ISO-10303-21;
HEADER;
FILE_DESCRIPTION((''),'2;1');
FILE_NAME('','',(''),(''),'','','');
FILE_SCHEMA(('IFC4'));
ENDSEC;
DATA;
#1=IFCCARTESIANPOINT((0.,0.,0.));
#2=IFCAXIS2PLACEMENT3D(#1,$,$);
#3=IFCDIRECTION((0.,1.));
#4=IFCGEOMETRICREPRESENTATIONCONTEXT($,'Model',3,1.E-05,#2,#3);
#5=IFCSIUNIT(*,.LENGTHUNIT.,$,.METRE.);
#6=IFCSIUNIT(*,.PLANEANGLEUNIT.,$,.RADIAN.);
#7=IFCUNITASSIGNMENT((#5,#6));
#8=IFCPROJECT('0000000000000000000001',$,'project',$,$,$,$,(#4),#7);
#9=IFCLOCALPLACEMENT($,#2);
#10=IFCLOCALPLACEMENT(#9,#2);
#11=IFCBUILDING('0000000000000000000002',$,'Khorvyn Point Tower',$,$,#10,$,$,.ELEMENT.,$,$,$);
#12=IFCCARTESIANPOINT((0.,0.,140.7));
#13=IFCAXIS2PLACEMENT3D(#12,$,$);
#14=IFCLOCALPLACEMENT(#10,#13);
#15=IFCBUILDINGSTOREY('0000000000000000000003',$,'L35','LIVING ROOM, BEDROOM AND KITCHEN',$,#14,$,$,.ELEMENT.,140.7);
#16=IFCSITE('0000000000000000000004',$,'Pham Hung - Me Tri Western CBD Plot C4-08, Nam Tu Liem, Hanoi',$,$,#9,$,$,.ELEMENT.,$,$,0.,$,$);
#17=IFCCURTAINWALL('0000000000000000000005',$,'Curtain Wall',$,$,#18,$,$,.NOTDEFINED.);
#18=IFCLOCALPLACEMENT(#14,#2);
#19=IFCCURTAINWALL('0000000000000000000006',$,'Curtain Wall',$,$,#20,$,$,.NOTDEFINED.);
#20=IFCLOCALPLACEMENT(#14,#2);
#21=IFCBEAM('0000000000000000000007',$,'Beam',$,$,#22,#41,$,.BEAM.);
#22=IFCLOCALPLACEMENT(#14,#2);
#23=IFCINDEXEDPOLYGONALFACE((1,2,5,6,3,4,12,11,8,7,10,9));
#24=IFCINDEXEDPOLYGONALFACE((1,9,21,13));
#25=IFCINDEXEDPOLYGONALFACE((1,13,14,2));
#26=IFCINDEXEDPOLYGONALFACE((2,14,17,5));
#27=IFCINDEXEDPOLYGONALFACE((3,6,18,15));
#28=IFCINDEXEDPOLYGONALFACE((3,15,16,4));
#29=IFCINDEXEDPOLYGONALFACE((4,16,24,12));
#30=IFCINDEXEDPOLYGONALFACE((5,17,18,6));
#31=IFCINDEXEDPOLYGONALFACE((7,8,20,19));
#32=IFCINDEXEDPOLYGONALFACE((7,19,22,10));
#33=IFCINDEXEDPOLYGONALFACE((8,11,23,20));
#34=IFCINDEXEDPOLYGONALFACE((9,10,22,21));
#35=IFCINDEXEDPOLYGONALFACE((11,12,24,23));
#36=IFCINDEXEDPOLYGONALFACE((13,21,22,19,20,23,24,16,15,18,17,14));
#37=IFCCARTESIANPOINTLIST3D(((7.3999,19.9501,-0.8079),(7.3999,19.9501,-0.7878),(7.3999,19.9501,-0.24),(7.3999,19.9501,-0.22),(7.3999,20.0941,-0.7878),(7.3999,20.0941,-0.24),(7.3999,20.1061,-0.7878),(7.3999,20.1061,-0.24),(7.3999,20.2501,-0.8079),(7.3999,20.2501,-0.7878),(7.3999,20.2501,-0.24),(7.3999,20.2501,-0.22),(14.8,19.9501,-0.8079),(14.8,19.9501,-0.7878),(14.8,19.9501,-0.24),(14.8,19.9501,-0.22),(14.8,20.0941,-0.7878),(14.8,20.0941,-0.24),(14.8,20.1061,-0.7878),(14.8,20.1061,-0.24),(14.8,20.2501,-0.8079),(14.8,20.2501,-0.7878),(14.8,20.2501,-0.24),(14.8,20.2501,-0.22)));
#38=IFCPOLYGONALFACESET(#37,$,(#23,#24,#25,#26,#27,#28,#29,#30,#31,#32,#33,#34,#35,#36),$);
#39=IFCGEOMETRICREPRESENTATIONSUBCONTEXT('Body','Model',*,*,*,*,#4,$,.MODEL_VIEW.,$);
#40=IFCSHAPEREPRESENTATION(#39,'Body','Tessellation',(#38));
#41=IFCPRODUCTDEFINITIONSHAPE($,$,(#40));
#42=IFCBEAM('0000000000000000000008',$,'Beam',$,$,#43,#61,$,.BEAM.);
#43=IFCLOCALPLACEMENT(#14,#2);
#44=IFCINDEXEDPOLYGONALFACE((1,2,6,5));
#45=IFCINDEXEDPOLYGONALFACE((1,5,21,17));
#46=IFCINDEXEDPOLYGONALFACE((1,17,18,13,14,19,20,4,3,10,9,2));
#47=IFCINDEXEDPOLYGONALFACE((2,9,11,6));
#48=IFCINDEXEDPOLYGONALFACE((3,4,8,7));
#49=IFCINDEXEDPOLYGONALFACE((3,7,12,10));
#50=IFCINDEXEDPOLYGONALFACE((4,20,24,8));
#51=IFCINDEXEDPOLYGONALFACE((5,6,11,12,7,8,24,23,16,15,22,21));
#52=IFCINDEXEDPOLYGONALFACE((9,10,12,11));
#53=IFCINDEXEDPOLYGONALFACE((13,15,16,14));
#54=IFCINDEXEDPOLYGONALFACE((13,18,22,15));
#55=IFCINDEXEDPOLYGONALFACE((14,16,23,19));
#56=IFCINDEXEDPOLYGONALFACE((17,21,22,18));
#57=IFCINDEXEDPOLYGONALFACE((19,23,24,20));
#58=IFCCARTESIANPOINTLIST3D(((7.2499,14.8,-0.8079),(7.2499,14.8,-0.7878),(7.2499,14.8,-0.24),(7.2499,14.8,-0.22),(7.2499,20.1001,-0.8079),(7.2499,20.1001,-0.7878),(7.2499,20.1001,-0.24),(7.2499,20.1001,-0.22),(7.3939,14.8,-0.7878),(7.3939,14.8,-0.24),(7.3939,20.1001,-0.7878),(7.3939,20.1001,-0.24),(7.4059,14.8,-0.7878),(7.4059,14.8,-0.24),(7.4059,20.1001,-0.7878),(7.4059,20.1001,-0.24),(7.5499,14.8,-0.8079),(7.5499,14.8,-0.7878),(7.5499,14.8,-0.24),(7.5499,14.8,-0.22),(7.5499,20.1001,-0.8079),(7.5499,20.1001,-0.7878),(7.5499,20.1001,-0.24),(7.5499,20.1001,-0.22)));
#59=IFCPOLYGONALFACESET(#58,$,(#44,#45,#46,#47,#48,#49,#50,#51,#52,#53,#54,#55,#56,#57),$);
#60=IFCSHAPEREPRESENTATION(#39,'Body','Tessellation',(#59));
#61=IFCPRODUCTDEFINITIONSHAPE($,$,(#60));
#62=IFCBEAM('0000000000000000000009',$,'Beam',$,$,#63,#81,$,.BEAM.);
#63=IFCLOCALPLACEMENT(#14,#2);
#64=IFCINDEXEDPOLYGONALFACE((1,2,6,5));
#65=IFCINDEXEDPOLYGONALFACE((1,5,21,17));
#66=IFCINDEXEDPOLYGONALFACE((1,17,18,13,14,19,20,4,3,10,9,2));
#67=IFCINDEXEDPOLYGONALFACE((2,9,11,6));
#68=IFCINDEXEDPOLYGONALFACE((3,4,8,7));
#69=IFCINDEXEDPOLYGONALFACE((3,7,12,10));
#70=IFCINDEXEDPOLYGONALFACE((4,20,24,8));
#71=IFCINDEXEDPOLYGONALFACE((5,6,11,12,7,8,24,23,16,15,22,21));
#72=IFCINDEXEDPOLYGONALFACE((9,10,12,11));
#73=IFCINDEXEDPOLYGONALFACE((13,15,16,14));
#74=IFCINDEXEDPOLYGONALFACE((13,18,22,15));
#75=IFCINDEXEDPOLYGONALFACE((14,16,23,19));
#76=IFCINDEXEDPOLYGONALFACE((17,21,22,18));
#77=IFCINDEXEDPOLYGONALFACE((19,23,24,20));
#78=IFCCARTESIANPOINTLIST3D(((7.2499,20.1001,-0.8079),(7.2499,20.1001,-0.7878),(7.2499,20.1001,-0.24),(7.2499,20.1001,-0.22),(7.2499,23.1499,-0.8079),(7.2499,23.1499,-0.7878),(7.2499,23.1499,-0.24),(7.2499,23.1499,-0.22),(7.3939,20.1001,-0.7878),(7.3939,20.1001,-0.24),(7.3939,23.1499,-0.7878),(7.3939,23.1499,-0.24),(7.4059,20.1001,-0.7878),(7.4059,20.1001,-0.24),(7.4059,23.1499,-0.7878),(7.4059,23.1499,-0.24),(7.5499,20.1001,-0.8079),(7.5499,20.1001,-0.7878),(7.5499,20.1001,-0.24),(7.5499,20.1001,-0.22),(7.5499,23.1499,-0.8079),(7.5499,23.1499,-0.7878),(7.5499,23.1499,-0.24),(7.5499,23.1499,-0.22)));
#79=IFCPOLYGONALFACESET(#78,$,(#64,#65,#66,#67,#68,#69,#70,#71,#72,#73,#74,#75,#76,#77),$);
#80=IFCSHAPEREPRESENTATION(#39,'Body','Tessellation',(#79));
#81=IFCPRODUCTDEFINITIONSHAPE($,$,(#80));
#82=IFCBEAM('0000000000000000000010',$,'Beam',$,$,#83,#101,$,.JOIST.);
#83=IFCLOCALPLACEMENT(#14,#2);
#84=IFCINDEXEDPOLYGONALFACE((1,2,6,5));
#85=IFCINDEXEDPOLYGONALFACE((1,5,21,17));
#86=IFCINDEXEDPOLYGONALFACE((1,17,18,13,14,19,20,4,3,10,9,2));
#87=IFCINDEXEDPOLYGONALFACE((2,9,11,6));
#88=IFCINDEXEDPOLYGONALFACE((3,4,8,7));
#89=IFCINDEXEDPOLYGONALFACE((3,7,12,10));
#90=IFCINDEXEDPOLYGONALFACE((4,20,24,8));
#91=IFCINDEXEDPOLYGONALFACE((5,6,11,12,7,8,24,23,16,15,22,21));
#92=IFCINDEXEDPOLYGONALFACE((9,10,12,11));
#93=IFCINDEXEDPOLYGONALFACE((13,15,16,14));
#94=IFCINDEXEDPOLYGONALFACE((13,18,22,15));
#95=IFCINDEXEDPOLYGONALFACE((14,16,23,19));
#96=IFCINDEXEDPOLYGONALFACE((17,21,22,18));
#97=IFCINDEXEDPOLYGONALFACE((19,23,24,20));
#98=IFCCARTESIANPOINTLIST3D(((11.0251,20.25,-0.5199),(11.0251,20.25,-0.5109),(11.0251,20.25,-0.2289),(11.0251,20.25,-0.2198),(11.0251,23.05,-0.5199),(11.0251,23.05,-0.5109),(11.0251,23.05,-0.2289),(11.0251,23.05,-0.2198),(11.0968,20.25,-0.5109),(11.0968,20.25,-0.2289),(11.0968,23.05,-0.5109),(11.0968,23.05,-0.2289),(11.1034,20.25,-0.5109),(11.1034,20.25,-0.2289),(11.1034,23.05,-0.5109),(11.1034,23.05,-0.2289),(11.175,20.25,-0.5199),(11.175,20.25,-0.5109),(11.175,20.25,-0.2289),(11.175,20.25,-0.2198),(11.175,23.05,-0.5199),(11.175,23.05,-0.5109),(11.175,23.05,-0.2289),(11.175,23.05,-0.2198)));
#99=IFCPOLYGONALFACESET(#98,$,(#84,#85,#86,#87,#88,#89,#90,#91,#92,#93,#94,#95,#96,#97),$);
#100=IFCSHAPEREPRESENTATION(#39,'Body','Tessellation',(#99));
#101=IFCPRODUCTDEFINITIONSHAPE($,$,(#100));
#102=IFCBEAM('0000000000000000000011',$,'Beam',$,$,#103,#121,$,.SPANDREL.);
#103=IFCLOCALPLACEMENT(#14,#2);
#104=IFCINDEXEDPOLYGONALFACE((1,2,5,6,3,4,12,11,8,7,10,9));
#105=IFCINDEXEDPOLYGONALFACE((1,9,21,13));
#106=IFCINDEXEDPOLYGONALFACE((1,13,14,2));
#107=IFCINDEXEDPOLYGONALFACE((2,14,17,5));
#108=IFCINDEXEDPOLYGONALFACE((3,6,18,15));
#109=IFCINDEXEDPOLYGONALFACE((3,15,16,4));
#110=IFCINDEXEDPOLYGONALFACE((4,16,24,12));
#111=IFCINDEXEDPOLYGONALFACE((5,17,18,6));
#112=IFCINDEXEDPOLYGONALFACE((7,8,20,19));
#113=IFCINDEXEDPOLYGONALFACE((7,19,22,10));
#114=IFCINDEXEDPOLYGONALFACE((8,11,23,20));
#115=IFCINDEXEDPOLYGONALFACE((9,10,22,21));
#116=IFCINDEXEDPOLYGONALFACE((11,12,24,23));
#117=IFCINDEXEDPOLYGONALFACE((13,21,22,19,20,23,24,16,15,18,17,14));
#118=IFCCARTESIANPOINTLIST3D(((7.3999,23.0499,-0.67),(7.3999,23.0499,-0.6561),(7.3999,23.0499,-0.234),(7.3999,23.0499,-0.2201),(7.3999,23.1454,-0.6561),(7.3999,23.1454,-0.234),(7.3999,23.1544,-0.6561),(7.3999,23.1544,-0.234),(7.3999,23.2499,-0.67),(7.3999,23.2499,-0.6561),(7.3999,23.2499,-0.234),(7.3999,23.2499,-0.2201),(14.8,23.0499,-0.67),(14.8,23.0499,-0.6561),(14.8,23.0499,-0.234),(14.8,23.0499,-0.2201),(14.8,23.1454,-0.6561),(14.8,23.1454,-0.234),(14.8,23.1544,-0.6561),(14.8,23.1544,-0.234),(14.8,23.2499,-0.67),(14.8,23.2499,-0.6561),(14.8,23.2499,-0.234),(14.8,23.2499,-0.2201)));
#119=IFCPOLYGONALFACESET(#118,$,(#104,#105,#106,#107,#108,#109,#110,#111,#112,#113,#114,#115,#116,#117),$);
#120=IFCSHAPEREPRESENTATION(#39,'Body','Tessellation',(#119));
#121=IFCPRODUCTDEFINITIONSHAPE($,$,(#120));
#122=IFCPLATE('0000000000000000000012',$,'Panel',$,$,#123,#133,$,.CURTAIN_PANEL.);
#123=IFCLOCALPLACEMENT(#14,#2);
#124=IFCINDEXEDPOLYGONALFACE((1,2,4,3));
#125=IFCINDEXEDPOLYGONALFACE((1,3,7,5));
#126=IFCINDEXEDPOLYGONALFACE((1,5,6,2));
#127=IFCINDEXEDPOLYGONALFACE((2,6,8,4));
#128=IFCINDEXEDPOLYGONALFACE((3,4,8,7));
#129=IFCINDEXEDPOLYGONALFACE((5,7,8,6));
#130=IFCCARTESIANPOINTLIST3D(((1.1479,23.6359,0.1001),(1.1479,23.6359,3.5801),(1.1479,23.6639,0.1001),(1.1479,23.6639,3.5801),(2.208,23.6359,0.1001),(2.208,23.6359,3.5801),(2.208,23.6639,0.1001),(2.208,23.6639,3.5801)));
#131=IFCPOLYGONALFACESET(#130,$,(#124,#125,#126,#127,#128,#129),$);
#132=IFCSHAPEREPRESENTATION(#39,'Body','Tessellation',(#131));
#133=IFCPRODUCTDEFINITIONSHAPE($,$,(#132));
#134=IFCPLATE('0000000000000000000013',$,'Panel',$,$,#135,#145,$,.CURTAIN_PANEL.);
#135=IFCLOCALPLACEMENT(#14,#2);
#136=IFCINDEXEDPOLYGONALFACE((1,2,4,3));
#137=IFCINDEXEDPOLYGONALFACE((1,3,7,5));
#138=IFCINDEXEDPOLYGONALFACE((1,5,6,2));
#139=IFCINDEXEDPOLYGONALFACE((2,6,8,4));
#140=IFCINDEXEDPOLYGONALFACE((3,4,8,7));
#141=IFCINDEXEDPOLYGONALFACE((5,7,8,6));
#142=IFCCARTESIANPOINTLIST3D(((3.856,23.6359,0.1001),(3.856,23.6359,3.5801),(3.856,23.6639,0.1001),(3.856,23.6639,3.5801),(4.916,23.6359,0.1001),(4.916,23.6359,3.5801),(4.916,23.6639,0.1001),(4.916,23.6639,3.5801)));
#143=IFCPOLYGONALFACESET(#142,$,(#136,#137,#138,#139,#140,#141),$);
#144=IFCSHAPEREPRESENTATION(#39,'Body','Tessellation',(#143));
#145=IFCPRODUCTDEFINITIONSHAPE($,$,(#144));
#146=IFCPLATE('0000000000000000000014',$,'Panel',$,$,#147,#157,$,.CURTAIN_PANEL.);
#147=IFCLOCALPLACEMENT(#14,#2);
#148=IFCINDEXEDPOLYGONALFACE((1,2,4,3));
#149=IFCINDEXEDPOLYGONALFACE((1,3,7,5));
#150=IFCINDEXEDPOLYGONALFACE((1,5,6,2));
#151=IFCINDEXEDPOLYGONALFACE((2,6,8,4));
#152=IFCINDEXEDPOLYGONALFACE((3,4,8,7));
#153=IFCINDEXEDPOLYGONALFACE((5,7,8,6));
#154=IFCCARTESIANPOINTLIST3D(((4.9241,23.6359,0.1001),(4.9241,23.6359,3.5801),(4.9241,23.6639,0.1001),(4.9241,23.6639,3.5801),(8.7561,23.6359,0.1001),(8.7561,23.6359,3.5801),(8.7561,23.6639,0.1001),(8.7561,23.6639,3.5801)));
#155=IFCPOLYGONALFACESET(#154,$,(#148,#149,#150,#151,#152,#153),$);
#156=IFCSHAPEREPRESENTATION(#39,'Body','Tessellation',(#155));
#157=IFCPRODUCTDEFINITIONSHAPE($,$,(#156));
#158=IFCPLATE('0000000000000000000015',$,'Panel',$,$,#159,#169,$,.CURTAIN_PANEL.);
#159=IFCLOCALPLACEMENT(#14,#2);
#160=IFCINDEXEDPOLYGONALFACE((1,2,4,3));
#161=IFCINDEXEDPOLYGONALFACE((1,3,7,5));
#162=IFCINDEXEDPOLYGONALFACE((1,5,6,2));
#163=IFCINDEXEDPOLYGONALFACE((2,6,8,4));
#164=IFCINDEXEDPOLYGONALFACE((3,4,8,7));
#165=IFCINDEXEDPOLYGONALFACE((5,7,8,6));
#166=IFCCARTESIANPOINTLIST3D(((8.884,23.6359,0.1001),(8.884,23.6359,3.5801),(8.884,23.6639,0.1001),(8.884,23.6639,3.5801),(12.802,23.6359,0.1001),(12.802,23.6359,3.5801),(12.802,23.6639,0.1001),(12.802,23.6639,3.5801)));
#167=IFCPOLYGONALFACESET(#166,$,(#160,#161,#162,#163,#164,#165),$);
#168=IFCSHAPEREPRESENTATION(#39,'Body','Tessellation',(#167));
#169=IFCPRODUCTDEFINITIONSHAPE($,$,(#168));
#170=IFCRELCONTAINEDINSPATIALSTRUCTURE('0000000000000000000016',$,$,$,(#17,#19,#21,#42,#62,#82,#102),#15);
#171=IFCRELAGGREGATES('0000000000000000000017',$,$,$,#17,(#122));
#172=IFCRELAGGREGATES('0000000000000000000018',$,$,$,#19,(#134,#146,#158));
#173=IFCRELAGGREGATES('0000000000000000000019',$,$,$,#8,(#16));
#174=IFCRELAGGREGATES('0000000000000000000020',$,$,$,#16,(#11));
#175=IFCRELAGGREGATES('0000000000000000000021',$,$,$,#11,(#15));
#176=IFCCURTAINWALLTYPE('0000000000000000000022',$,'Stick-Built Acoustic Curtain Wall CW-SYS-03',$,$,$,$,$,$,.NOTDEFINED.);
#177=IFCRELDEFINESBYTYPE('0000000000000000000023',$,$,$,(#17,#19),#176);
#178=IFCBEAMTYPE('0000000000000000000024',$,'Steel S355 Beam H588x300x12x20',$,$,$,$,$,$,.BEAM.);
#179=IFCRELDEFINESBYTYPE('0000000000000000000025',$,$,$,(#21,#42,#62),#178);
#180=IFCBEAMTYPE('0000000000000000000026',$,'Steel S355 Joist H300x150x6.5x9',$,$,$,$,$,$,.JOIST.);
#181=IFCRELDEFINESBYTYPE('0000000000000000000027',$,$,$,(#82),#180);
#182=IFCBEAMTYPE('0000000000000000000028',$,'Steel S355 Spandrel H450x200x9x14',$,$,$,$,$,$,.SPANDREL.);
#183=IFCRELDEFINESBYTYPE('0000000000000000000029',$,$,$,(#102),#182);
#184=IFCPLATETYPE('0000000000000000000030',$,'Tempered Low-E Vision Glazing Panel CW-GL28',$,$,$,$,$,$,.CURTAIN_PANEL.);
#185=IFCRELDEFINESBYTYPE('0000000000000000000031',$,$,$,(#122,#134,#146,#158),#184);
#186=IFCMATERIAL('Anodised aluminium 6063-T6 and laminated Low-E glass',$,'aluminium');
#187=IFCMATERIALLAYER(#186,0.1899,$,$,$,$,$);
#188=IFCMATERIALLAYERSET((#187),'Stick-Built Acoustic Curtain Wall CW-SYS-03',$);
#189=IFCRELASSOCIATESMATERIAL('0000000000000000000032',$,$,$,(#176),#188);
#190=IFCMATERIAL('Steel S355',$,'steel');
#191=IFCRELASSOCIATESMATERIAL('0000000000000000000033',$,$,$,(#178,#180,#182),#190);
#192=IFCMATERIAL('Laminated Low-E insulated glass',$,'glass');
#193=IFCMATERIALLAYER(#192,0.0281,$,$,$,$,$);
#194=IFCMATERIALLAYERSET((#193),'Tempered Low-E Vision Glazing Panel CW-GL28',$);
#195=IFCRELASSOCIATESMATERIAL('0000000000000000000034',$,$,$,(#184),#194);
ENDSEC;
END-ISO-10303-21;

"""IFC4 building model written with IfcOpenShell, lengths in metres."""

from ifc_helpers import new_model, si_unit, direction, frame, origin, origin_2d, place, context, subcontext, project, spatial, rectangle, i_section, extrude, material, layer, layer_set, material_profile, profile_set, type_object, element, aggregate, save


model = new_model("IFC4")

# Units and contexts
model_context = context("Model", 3, precision=1e-05, world=origin(), true_north=direction((0.0, 1.0)))
body_context = subcontext(model_context, "Body", "Model", "MODEL_VIEW")
ifc_project = project(units=[si_unit("LENGTHUNIT", "METRE"), si_unit("PLANEANGLEUNIT", "RADIAN")], contexts=[model_context])

# Site, building, storey
site_placement = place(None, origin())
site = spatial("IfcSite", under=ifc_project, at=site_placement, Name="Pham Hung - Me Tri Western CBD Plot C4-08, Nam Tu Liem, Hanoi", CompositionType="ELEMENT", RefElevation=0.0)
building_placement = place(site_placement, origin())
building = spatial("IfcBuilding", under=site, at=building_placement, Name="Khorvyn Point Tower", CompositionType="ELEMENT")
storey_placement = place(building_placement, frame((0.0, 0.0, 140.7)))
storey = spatial("IfcBuildingStorey", under=building, at=storey_placement, Name="L35", Description="LIVING ROOM, BEDROOM AND KITCHEN", CompositionType="ELEMENT", Elevation=140.7)

# Curtain wall
ifc_material_1 = material(Name="Anodised aluminium 6063-T6 and laminated Low-E glass", Category="aluminium")
ifc_layer_1 = layer(ifc_material_1, 0.1899)
ifc_layer_set_1 = layer_set([ifc_layer_1], Name="Stick-Built Acoustic Curtain Wall CW-SYS-03")
curtain_wall_type = type_object("IfcCurtainWallType", Name="Stick-Built Acoustic Curtain Wall CW-SYS-03", PredefinedType="NOTDEFINED", material=ifc_layer_set_1)
curtain_wall_1_placement = place(storey_placement, origin())
curtain_wall_1 = element("IfcCurtainWall", 1, at=curtain_wall_1_placement, inside=storey, type_object=curtain_wall_type, Name="Curtain Wall", PredefinedType="NOTDEFINED")

# Curtain wall
curtain_wall_2_placement = place(storey_placement, origin())
curtain_wall_2 = element("IfcCurtainWall", 2, at=curtain_wall_2_placement, inside=storey, type_object=curtain_wall_type, Name="Curtain Wall", PredefinedType="NOTDEFINED")

# Beams
ifc_material_2 = material(Name="Steel S355", Category="steel")
ifc_material_profile_1 = material_profile(ifc_material_2, i_section(OverallWidth=0.3, OverallDepth=0.5879, WebThickness=0.012, FlangeThickness=0.02, at=origin_2d()))
ifc_profile_set_1 = profile_set([ifc_material_profile_1], Name="Steel S355 H588x300x12x20")
beam_type_1 = type_object("IfcBeamType", Name="Steel S355 Beam H588x300x12x20", PredefinedType="BEAM", material=ifc_profile_set_1)
for number, where, z_axis, x_axis, name in (
    (3, (7.3999, 20.1001, -0.5139), (1.0, 0.0, 0.0), (0.0, 1.0, 0.0), "Beam"),
):
    element("IfcBeam", number, at=place(storey_placement, frame(where, z_axis=z_axis, x_axis=x_axis)), inside=storey, type_object=beam_type_1, Name=name, PredefinedType="BEAM", context=body_context, shape_type="SweptSolid", body=[
        extrude(i_section(OverallWidth=0.3, OverallDepth=0.5879, WebThickness=0.012, FlangeThickness=0.02, at=origin_2d()), origin(), (0.0, 0.0, 1.0), 7.4001),
    ])
beam_1_placement = place(storey_placement, frame((7.3999, 14.8, -0.5139), z_axis=(0.0, 1.0, 0.0), x_axis=(-1.0, 0.0, 0.0)))
element("IfcBeam", 4, at=beam_1_placement, inside=storey, type_object=beam_type_1, Name="Beam", PredefinedType="BEAM", context=body_context, shape_type="SweptSolid", body=[
    extrude(i_section(OverallWidth=0.3, OverallDepth=0.5879, WebThickness=0.012, FlangeThickness=0.02, at=origin_2d()), origin(), (0.0, 0.0, 1.0), 5.3),
])
beam_2_placement = place(storey_placement, frame((7.3999, 20.1001, -0.5139), z_axis=(0.0, 1.0, 0.0), x_axis=(-1.0, 0.0, 0.0)))
element("IfcBeam", 5, at=beam_2_placement, inside=storey, type_object=beam_type_1, Name="Beam", PredefinedType="BEAM", context=body_context, shape_type="SweptSolid", body=[
    extrude(i_section(OverallWidth=0.3, OverallDepth=0.5879, WebThickness=0.012, FlangeThickness=0.02, at=origin_2d()), origin(), (0.0, 0.0, 1.0), 3.0498),
])
ifc_material_profile_2 = material_profile(ifc_material_2, i_section(OverallWidth=0.1499, OverallDepth=0.3, WebThickness=0.0066, FlangeThickness=0.009, at=origin_2d()))
ifc_profile_set_2 = profile_set([ifc_material_profile_2], Name="Steel S355 H300x150x6.5x9")
beam_type_2 = type_object("IfcBeamType", Name="Steel S355 Joist H300x150x6.5x9", PredefinedType="JOIST", material=ifc_profile_set_2)
beam_3_placement = place(storey_placement, frame((11.1001, 20.25, -0.3699), z_axis=(0.0, 1.0, 0.0), x_axis=(-1.0, 0.0, 0.0)))
element("IfcBeam", 6, at=beam_3_placement, inside=storey, type_object=beam_type_2, Name="Beam", PredefinedType="JOIST", context=body_context, shape_type="SweptSolid", body=[
    extrude(i_section(OverallWidth=0.1499, OverallDepth=0.3, WebThickness=0.0066, FlangeThickness=0.009, at=origin_2d()), origin(), (0.0, 0.0, 1.0), 2.8),
])
ifc_material_profile_3 = material_profile(ifc_material_2, i_section(OverallWidth=0.2, OverallDepth=0.45, WebThickness=0.009, FlangeThickness=0.0139, at=origin_2d()))
ifc_profile_set_3 = profile_set([ifc_material_profile_3], Name="Steel S355 H450x200x9x14")
beam_type_3 = type_object("IfcBeamType", Name="Steel S355 Spandrel H450x200x9x14", PredefinedType="SPANDREL", material=ifc_profile_set_3)
beam_4_placement = place(storey_placement, frame((7.3999, 23.1499, -0.4451), z_axis=(1.0, 0.0, 0.0), x_axis=(0.0, 1.0, 0.0)))
element("IfcBeam", 7, at=beam_4_placement, inside=storey, type_object=beam_type_3, Name="Beam", PredefinedType="SPANDREL", context=body_context, shape_type="SweptSolid", body=[
    extrude(i_section(OverallWidth=0.2, OverallDepth=0.45, WebThickness=0.009, FlangeThickness=0.0139, at=origin_2d()), origin(), (0.0, 0.0, 1.0), 7.4001),
])

# Plates
ifc_material_3 = material(Name="Laminated Low-E insulated glass", Category="glass")
ifc_layer_2 = layer(ifc_material_3, 0.0281)
ifc_layer_set_2 = layer_set([ifc_layer_2], Name="Tempered Low-E Vision Glazing Panel CW-GL28")
plate_type = type_object("IfcPlateType", Name="Tempered Low-E Vision Glazing Panel CW-GL28", PredefinedType="CURTAIN_PANEL", material=ifc_layer_set_2)
plate_1_placement = place(storey_placement, frame((1.678, 23.6499, 0.1001), z_axis=(0.0, 0.0, 1.0), x_axis=(1.0, 0.0, 0.0)))
plate_1 = element("IfcPlate", 8, at=plate_1_placement, type_object=plate_type, Name="Panel", PredefinedType="CURTAIN_PANEL", context=body_context, shape_type="SweptSolid", body=[
    extrude(rectangle(XDim=1.0601, YDim=0.0281, at=origin_2d()), origin(), (0.0, 0.0, 1.0), 3.48),
])
aggregate(curtain_wall_1, [plate_1])
plate_2_placement = place(storey_placement, frame((4.386, 23.6499, 0.1001), z_axis=(0.0, 0.0, 1.0), x_axis=(1.0, 0.0, 0.0)))
plate_2 = element("IfcPlate", 9, at=plate_2_placement, type_object=plate_type, Name="Panel", PredefinedType="CURTAIN_PANEL", context=body_context, shape_type="SweptSolid", body=[
    extrude(rectangle(XDim=1.0601, YDim=0.0281, at=origin_2d()), origin(), (0.0, 0.0, 1.0), 3.48),
])
plate_3_placement = place(storey_placement, frame((6.8401, 23.6499, 0.1001), z_axis=(0.0, 0.0, 1.0), x_axis=(1.0, 0.0, 0.0)))
plate_3 = element("IfcPlate", 10, at=plate_3_placement, type_object=plate_type, Name="Panel", PredefinedType="CURTAIN_PANEL", context=body_context, shape_type="SweptSolid", body=[
    extrude(rectangle(XDim=3.832, YDim=0.0281, at=origin_2d()), origin(), (0.0, 0.0, 1.0), 3.48),
])
plate_4_placement = place(storey_placement, frame((10.843, 23.6499, 0.1001), z_axis=(0.0, 0.0, 1.0), x_axis=(1.0, 0.0, 0.0)))
plate_4 = element("IfcPlate", 11, at=plate_4_placement, type_object=plate_type, Name="Panel", PredefinedType="CURTAIN_PANEL", context=body_context, shape_type="SweptSolid", body=[
    extrude(rectangle(XDim=3.918, YDim=0.0281, at=origin_2d()), origin(), (0.0, 0.0, 1.0), 3.48),
])
aggregate(curtain_wall_2, [plate_2, plate_3, plate_4])

save(model, "model.ifc")
